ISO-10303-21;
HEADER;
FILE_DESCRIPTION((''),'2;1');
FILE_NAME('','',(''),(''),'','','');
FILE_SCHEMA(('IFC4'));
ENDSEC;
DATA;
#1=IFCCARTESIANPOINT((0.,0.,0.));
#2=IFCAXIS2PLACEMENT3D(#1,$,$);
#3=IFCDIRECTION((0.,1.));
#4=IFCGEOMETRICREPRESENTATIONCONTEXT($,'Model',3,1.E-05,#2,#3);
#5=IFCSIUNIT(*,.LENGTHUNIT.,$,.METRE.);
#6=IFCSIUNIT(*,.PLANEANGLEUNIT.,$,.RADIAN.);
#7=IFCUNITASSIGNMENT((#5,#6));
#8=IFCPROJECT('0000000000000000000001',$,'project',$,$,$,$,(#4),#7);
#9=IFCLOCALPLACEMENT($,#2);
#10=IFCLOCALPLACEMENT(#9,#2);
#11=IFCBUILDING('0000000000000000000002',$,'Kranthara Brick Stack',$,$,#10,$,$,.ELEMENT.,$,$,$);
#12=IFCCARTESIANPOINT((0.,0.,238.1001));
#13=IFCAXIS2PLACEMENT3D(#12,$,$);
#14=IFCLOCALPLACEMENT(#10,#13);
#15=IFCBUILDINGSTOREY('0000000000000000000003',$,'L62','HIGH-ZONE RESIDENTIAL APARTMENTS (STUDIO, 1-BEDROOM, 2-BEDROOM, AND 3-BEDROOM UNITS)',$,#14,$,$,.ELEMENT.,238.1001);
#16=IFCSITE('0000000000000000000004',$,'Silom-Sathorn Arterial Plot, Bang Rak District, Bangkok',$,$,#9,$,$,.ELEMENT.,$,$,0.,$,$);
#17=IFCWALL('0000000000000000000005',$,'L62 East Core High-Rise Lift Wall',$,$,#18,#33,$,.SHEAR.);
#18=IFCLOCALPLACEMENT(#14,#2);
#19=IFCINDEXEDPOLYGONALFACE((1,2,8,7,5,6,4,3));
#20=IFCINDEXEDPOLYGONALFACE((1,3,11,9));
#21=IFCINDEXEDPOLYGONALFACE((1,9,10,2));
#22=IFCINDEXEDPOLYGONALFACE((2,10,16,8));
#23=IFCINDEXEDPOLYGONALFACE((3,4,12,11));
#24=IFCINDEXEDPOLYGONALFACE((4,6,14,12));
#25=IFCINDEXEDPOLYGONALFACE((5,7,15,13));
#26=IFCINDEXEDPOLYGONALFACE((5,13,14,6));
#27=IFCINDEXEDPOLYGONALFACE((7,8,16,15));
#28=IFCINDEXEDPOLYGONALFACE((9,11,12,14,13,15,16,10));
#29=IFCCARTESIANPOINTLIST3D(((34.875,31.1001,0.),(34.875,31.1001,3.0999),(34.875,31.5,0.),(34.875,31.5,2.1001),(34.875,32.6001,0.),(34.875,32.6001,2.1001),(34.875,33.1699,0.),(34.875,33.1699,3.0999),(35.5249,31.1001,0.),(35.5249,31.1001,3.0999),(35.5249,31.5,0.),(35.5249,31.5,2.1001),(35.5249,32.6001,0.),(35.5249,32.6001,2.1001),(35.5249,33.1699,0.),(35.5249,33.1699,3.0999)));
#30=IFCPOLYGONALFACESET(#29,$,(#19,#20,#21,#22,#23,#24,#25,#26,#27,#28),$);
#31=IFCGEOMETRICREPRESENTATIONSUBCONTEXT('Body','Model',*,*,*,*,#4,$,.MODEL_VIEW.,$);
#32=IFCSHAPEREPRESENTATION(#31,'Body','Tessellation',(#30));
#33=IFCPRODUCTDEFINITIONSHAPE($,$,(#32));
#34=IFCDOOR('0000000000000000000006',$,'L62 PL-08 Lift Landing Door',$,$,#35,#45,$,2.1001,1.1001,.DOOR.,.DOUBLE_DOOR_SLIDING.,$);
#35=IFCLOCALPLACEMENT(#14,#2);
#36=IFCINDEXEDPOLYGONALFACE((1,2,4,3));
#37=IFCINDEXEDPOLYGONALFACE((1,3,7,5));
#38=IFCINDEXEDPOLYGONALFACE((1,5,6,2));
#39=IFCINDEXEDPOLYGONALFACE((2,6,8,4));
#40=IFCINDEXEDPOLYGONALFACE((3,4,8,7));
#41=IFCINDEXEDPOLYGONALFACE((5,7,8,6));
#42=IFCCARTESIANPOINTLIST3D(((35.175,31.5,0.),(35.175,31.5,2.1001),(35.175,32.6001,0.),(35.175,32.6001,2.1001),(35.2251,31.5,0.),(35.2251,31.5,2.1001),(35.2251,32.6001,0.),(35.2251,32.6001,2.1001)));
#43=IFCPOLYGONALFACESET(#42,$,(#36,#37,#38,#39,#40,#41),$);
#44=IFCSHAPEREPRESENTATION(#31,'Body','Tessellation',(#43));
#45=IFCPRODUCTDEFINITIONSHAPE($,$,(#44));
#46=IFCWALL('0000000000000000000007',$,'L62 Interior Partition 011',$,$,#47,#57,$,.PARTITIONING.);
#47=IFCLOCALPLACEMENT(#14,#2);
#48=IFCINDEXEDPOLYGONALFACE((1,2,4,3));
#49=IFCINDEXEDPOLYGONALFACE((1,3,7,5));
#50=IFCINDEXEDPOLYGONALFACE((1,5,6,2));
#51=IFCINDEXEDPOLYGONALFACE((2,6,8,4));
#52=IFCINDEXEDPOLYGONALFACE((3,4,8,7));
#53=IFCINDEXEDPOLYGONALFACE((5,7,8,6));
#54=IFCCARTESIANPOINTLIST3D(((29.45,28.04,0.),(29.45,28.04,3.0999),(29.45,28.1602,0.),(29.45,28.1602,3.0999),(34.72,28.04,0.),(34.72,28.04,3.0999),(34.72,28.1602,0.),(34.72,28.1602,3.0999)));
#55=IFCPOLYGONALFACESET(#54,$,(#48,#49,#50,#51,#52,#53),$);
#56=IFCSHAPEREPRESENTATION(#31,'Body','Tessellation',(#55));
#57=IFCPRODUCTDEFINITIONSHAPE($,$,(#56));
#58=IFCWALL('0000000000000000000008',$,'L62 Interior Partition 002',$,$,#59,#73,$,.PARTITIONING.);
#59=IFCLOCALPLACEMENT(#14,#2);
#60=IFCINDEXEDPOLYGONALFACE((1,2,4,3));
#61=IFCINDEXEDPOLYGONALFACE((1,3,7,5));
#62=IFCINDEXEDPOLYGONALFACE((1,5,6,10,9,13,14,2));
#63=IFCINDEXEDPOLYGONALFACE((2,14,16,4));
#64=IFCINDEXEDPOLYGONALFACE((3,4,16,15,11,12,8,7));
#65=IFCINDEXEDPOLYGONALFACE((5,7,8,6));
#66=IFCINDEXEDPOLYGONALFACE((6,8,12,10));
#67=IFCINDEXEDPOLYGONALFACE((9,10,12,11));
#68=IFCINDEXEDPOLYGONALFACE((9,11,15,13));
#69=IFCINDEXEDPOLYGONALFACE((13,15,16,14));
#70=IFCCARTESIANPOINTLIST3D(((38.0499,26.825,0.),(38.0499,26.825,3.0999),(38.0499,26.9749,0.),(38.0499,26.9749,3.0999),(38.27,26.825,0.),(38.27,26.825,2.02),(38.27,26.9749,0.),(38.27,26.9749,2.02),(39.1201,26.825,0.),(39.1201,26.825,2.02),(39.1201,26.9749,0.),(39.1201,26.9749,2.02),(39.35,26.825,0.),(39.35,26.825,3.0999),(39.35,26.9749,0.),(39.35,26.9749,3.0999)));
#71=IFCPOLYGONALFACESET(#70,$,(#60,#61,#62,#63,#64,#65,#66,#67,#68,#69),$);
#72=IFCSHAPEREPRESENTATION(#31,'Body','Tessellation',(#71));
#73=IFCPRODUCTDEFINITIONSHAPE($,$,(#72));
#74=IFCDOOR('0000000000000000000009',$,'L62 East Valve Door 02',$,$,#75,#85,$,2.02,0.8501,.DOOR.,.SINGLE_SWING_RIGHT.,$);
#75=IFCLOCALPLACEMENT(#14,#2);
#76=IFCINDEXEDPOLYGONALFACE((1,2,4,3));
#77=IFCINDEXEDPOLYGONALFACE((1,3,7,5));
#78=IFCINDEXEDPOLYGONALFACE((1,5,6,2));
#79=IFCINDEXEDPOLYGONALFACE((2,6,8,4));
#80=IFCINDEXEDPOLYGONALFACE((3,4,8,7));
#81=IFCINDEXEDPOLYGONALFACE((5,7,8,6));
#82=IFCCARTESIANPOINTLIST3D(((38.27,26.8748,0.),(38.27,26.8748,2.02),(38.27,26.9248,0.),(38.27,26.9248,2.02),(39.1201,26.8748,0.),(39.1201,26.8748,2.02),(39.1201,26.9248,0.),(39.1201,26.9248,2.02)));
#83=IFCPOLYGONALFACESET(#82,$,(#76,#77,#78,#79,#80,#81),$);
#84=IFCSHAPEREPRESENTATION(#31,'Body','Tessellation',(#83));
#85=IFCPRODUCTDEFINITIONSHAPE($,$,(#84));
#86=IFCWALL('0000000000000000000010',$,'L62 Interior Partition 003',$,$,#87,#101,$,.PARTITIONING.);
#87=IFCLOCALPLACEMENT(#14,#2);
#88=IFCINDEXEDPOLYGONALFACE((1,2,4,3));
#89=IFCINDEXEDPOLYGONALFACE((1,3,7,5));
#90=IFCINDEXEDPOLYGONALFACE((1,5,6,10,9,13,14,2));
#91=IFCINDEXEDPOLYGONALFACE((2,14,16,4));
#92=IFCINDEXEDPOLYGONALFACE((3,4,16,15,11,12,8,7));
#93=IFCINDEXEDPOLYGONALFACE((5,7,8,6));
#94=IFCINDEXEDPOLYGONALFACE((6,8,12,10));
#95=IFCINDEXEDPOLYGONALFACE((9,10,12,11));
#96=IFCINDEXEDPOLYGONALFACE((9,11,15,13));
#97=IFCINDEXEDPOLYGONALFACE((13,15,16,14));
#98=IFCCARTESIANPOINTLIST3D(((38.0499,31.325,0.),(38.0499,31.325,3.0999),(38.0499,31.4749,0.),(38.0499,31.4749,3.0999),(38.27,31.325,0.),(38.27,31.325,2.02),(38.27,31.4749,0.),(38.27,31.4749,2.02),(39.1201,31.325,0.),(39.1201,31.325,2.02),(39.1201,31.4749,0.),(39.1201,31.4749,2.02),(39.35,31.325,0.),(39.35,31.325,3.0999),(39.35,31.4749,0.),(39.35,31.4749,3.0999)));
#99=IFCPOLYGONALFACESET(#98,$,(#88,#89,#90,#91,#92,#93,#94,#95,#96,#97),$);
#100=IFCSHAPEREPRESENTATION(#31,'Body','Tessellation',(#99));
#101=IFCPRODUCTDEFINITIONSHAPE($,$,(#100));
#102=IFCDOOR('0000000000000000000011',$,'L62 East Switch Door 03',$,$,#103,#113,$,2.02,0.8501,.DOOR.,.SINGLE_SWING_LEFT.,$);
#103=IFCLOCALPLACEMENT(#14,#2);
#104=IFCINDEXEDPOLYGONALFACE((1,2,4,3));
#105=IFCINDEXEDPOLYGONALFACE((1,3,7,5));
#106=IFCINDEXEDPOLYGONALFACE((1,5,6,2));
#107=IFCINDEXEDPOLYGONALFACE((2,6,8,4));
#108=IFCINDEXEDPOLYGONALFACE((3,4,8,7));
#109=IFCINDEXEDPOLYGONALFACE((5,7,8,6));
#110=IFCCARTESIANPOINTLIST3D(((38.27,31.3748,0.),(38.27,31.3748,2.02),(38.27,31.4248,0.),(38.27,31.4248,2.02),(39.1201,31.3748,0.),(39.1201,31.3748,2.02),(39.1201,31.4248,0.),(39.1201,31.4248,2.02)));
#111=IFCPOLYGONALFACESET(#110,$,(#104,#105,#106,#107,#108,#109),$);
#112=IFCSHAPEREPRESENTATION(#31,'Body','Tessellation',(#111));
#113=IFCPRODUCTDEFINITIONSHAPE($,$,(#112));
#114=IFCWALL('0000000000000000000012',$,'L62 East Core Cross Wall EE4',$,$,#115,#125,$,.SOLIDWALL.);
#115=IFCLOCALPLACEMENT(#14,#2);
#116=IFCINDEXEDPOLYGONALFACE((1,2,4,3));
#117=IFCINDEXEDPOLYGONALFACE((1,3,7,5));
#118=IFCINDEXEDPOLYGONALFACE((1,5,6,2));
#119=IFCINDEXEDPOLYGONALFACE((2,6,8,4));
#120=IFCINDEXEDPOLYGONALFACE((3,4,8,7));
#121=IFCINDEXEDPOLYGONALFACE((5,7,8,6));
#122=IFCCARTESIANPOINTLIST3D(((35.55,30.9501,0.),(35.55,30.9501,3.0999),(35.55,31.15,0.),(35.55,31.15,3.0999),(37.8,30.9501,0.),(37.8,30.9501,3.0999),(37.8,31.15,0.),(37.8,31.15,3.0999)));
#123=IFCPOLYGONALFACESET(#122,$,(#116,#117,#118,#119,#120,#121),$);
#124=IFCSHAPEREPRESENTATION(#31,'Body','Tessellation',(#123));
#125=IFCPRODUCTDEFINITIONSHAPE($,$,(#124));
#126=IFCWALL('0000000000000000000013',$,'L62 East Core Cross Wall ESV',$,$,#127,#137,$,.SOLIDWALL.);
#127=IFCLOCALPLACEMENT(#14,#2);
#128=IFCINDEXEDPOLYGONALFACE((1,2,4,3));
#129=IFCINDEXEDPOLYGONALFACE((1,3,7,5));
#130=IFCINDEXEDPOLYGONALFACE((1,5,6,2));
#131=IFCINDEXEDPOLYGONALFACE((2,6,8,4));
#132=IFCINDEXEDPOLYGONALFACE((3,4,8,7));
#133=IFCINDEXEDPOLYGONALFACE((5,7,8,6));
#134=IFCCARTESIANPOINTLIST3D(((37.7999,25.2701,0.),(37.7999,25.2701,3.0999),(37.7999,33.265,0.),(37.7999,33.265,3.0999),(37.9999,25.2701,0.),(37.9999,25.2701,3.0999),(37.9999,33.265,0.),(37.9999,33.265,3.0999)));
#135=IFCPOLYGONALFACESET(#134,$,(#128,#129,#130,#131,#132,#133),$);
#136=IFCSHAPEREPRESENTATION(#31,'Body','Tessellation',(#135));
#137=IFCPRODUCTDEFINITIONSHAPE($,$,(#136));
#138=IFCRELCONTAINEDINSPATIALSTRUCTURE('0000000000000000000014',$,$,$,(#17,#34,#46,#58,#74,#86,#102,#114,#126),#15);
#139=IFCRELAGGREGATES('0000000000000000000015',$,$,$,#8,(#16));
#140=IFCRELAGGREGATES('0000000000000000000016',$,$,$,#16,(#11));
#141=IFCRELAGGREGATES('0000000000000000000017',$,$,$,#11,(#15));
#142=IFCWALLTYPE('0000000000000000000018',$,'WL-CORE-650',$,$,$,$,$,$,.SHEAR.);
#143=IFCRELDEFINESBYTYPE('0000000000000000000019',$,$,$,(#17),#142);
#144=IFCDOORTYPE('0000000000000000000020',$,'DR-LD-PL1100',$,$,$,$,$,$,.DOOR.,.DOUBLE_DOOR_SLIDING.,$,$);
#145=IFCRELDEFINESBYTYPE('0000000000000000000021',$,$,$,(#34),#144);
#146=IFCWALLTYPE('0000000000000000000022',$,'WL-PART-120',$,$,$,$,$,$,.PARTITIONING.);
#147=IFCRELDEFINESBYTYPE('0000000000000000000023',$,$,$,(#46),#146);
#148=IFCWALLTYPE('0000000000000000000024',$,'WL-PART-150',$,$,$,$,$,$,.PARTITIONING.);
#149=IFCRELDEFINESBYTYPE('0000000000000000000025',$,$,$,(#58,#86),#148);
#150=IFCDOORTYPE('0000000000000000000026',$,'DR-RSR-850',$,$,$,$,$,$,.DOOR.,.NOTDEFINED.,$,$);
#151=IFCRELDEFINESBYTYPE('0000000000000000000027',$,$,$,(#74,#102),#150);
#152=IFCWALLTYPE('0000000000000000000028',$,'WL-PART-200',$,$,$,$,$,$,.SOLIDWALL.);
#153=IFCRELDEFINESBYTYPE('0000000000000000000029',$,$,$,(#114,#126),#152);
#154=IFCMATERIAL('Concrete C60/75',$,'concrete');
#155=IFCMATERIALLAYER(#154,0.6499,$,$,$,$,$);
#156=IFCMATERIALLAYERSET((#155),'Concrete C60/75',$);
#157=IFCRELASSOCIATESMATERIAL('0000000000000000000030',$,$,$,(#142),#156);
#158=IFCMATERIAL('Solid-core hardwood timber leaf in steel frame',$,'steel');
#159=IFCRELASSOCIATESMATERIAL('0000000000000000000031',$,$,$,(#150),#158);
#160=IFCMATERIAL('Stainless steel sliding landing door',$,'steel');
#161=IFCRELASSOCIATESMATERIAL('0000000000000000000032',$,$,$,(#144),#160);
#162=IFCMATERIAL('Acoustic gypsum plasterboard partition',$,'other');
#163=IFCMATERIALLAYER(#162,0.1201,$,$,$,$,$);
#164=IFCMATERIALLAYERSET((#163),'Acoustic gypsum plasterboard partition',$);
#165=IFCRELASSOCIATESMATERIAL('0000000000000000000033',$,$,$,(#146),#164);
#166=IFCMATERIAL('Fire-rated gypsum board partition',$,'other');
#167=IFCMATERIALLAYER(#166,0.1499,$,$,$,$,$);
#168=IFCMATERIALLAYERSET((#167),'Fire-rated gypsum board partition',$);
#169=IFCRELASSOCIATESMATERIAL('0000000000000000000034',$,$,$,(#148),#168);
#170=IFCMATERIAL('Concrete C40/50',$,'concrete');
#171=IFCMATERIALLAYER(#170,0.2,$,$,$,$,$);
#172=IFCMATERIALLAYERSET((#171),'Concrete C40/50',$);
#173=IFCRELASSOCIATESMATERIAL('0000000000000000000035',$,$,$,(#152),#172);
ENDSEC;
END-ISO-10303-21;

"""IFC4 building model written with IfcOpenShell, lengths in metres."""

from ifc_helpers import new_model, si_unit, direction, frame, frame_2d, origin, place, context, subcontext, project, spatial, rectangle, extrude, material, layer, layer_set, type_object, element, fill, save


model = new_model("IFC4")

# Units and contexts
model_context = context("Model", 3, precision=1e-05, world=origin(), true_north=direction((0.0, 1.0)))
body_context = subcontext(model_context, "Body", "Model", "MODEL_VIEW")
ifc_project = project(units=[si_unit("LENGTHUNIT", "METRE"), si_unit("PLANEANGLEUNIT", "RADIAN")], contexts=[model_context])

# Site, building, storey
site_placement = place(None, origin())
site = spatial("IfcSite", under=ifc_project, at=site_placement, Name="Silom-Sathorn Arterial Plot, Bang Rak District, Bangkok", CompositionType="ELEMENT", RefElevation=0.0)
building_placement = place(site_placement, origin())
building = spatial("IfcBuilding", under=site, at=building_placement, Name="Kranthara Brick Stack", CompositionType="ELEMENT")
storey_placement = place(building_placement, frame((0.0, 0.0, 238.1001)))
storey = spatial("IfcBuildingStorey", under=building, at=storey_placement, Name="L62", Description="HIGH-ZONE RESIDENTIAL APARTMENTS (STUDIO, 1-BEDROOM, 2-BEDROOM, AND 3-BEDROOM UNITS)", CompositionType="ELEMENT", Elevation=238.1001)

# Shared definitions
ifc_material_1 = material(Name="Concrete C60/75", Category="concrete")
ifc_layer_1 = layer(ifc_material_1, 0.6499)
ifc_layer_set_1 = layer_set([ifc_layer_1], Name="Concrete C60/75")
wall_type_1 = type_object("IfcWallType", Name="WL-CORE-650", PredefinedType="SHEAR", material=ifc_layer_set_1)
ifc_material_2 = material(Name="Solid-core hardwood timber leaf in steel frame", Category="steel")
door_type_1 = type_object("IfcDoorType", Name="DR-RSR-850", OperationType="NOTDEFINED", PredefinedType="DOOR", material=ifc_material_2)

# Wall, opening, door
wall_1_placement = place(storey_placement, frame((35.2, 31.1001, 0.0), z_axis=(0.0, 0.0, 1.0), x_axis=(0.0, 1.0, 0.0)))
wall_1 = element("IfcWall", 1, at=wall_1_placement, inside=storey, type_object=wall_type_1, Name="L62 East Core High-Rise Lift Wall", PredefinedType="SHEAR", context=body_context, shape_type="SweptSolid", body=[
    extrude(rectangle(XDim=2.0698, YDim=0.6499, at=frame_2d((1.0349, 0.0))), origin(), (0.0, 0.0, 1.0), 3.0999),
])
opening_1_placement = place(wall_1_placement, frame((0.3999, 0.0, 0.0)))
opening_1 = element("IfcOpeningElement", 2, at=opening_1_placement, cuts=wall_1, PredefinedType="OPENING", context=body_context, shape_type="SweptSolid", body=[
    extrude(rectangle(XDim=1.1001, YDim=2.1001, at=frame_2d((0.55, 1.05))), frame((0.0, 0.335, 0.0), z_axis=(0.0, -1.0, 0.0), x_axis=(1.0, 0.0, 0.0)), (0.0, 0.0, 1.0), 0.6699),
])
ifc_material_3 = material(Name="Stainless steel sliding landing door", Category="steel")
door_type_2 = type_object("IfcDoorType", Name="DR-LD-PL1100", OperationType="DOUBLE_DOOR_SLIDING", PredefinedType="DOOR", material=ifc_material_3)
door_1_placement = place(opening_1_placement, origin())
door_1 = element("IfcDoor", 3, at=door_1_placement, inside=storey, type_object=door_type_2, Name="L62 PL-08 Lift Landing Door", OperationType="DOUBLE_DOOR_SLIDING", OverallHeight=2.1001, OverallWidth=1.1001, PredefinedType="DOOR", context=body_context, shape_type="SweptSolid", body=[
    extrude(rectangle(XDim=1.1001, YDim=2.1001, at=frame_2d((0.55, 1.05))), frame((0.0, 0.0249, 0.0), z_axis=(0.0, -1.0, 0.0), x_axis=(1.0, 0.0, 0.0)), (0.0, 0.0, 1.0), 0.05),
])
fill(opening_1, door_1)

# Wall
ifc_material_4 = material(Name="Acoustic gypsum plasterboard partition", Category="other")
ifc_layer_2 = layer(ifc_material_4, 0.1201)
ifc_layer_set_2 = layer_set([ifc_layer_2], Name="Acoustic gypsum plasterboard partition")
wall_type_2 = type_object("IfcWallType", Name="WL-PART-120", PredefinedType="PARTITIONING", material=ifc_layer_set_2)
wall_2_placement = place(storey_placement, frame((29.45, 28.1001, 0.0), z_axis=(0.0, 0.0, 1.0), x_axis=(1.0, 0.0, 0.0)))
element("IfcWall", 4, at=wall_2_placement, inside=storey, type_object=wall_type_2, Name="L62 Interior Partition 011", PredefinedType="PARTITIONING", context=body_context, shape_type="SweptSolid", body=[
    extrude(rectangle(XDim=5.27, YDim=0.1201, at=frame_2d((2.635, 0.0))), origin(), (0.0, 0.0, 1.0), 3.0999),
])

# Walls, openings, doors
ifc_material_5 = material(Name="Fire-rated gypsum board partition", Category="other")
ifc_layer_3 = layer(ifc_material_5, 0.1499)
ifc_layer_set_3 = layer_set([ifc_layer_3], Name="Fire-rated gypsum board partition")
wall_type_3 = type_object("IfcWallType", Name="WL-PART-150", PredefinedType="PARTITIONING", material=ifc_layer_set_3)
wall_3_placement = place(storey_placement, frame((38.05, 26.8999, 0.0), z_axis=(0.0, 0.0, 1.0), x_axis=(1.0, 0.0, 0.0)))
wall_3 = element("IfcWall", 5, at=wall_3_placement, inside=storey, type_object=wall_type_3, Name="L62 Interior Partition 002", PredefinedType="PARTITIONING", context=body_context, shape_type="SweptSolid", body=[
    extrude(rectangle(XDim=1.3, YDim=0.1499, at=frame_2d((0.6499, 0.0))), origin(), (0.0, 0.0, 1.0), 3.0999),
])
opening_2_placement = place(wall_3_placement, frame((0.22, 0.0, 0.0)))
opening_2 = element("IfcOpeningElement", 6, at=opening_2_placement, cuts=wall_3, PredefinedType="OPENING", context=body_context, shape_type="SweptSolid", body=[
    extrude(rectangle(XDim=0.8501, YDim=2.02, at=frame_2d((0.425, 1.01))), frame((0.0, 0.085, 0.0), z_axis=(0.0, -1.0, 0.0), x_axis=(1.0, 0.0, 0.0)), (0.0, 0.0, 1.0), 0.1699),
])
door_2_placement = place(opening_2_placement, origin())
door_2 = element("IfcDoor", 7, at=door_2_placement, inside=storey, type_object=door_type_1, Name="L62 East Valve Door 02", OperationType="SINGLE_SWING_RIGHT", OverallHeight=2.02, OverallWidth=0.8501, PredefinedType="DOOR", context=body_context, shape_type="SweptSolid", body=[
    extrude(rectangle(XDim=0.8501, YDim=2.02, at=frame_2d((0.425, 1.01))), frame((0.0, 0.0249, 0.0), z_axis=(0.0, -1.0, 0.0), x_axis=(1.0, 0.0, 0.0)), (0.0, 0.0, 1.0), 0.05),
])
fill(opening_2, door_2)
wall_4_placement = place(storey_placement, frame((38.05, 31.3999, 0.0), z_axis=(0.0, 0.0, 1.0), x_axis=(1.0, 0.0, 0.0)))
wall_4 = element("IfcWall", 8, at=wall_4_placement, inside=storey, type_object=wall_type_3, Name="L62 Interior Partition 003", PredefinedType="PARTITIONING", context=body_context, shape_type="SweptSolid", body=[
    extrude(rectangle(XDim=1.3, YDim=0.1499, at=frame_2d((0.6499, 0.0))), origin(), (0.0, 0.0, 1.0), 3.0999),
])
opening_3_placement = place(wall_4_placement, frame((0.22, 0.0, 0.0)))
opening_3 = element("IfcOpeningElement", 9, at=opening_3_placement, cuts=wall_4, PredefinedType="OPENING", context=body_context, shape_type="SweptSolid", body=[
    extrude(rectangle(XDim=0.8501, YDim=2.02, at=frame_2d((0.425, 1.01))), frame((0.0, 0.085, 0.0), z_axis=(0.0, -1.0, 0.0), x_axis=(1.0, 0.0, 0.0)), (0.0, 0.0, 1.0), 0.1699),
])
door_3_placement = place(opening_3_placement, origin())
door_3 = element("IfcDoor", 10, at=door_3_placement, inside=storey, type_object=door_type_1, Name="L62 East Switch Door 03", OperationType="SINGLE_SWING_LEFT", OverallHeight=2.02, OverallWidth=0.8501, PredefinedType="DOOR", context=body_context, shape_type="SweptSolid", body=[
    extrude(rectangle(XDim=0.8501, YDim=2.02, at=frame_2d((0.425, 1.01))), frame((0.0, 0.0249, 0.0), z_axis=(0.0, -1.0, 0.0), x_axis=(1.0, 0.0, 0.0)), (0.0, 0.0, 1.0), 0.05),
])
fill(opening_3, door_3)

# Walls
ifc_material_6 = material(Name="Concrete C40/50", Category="concrete")
ifc_layer_4 = layer(ifc_material_6, 0.2)
ifc_layer_set_4 = layer_set([ifc_layer_4], Name="Concrete C40/50")
wall_type_4 = type_object("IfcWallType", Name="WL-PART-200", PredefinedType="SOLIDWALL", material=ifc_layer_set_4)
wall_5_placement = place(storey_placement, frame((35.55, 31.05, 0.0), z_axis=(0.0, 0.0, 1.0), x_axis=(1.0, 0.0, 0.0)))
element("IfcWall", 11, at=wall_5_placement, inside=storey, type_object=wall_type_4, Name="L62 East Core Cross Wall EE4", PredefinedType="SOLIDWALL", context=body_context, shape_type="SweptSolid", body=[
    extrude(rectangle(XDim=2.25, YDim=0.2, at=frame_2d((1.125, 0.0))), origin(), (0.0, 0.0, 1.0), 3.0999),
])
wall_6_placement = place(storey_placement, frame((37.8999, 25.27, 0.0), z_axis=(0.0, 0.0, 1.0), x_axis=(0.0, 1.0, 0.0)))
element("IfcWall", 12, at=wall_6_placement, inside=storey, type_object=wall_type_4, Name="L62 East Core Cross Wall ESV", PredefinedType="SOLIDWALL", context=body_context, shape_type="SweptSolid", body=[
    extrude(rectangle(XDim=7.9949, YDim=0.2, at=frame_2d((3.9976, 0.0))), origin(), (0.0, 0.0, 1.0), 3.0999),
])

save(model, "model.ifc")
